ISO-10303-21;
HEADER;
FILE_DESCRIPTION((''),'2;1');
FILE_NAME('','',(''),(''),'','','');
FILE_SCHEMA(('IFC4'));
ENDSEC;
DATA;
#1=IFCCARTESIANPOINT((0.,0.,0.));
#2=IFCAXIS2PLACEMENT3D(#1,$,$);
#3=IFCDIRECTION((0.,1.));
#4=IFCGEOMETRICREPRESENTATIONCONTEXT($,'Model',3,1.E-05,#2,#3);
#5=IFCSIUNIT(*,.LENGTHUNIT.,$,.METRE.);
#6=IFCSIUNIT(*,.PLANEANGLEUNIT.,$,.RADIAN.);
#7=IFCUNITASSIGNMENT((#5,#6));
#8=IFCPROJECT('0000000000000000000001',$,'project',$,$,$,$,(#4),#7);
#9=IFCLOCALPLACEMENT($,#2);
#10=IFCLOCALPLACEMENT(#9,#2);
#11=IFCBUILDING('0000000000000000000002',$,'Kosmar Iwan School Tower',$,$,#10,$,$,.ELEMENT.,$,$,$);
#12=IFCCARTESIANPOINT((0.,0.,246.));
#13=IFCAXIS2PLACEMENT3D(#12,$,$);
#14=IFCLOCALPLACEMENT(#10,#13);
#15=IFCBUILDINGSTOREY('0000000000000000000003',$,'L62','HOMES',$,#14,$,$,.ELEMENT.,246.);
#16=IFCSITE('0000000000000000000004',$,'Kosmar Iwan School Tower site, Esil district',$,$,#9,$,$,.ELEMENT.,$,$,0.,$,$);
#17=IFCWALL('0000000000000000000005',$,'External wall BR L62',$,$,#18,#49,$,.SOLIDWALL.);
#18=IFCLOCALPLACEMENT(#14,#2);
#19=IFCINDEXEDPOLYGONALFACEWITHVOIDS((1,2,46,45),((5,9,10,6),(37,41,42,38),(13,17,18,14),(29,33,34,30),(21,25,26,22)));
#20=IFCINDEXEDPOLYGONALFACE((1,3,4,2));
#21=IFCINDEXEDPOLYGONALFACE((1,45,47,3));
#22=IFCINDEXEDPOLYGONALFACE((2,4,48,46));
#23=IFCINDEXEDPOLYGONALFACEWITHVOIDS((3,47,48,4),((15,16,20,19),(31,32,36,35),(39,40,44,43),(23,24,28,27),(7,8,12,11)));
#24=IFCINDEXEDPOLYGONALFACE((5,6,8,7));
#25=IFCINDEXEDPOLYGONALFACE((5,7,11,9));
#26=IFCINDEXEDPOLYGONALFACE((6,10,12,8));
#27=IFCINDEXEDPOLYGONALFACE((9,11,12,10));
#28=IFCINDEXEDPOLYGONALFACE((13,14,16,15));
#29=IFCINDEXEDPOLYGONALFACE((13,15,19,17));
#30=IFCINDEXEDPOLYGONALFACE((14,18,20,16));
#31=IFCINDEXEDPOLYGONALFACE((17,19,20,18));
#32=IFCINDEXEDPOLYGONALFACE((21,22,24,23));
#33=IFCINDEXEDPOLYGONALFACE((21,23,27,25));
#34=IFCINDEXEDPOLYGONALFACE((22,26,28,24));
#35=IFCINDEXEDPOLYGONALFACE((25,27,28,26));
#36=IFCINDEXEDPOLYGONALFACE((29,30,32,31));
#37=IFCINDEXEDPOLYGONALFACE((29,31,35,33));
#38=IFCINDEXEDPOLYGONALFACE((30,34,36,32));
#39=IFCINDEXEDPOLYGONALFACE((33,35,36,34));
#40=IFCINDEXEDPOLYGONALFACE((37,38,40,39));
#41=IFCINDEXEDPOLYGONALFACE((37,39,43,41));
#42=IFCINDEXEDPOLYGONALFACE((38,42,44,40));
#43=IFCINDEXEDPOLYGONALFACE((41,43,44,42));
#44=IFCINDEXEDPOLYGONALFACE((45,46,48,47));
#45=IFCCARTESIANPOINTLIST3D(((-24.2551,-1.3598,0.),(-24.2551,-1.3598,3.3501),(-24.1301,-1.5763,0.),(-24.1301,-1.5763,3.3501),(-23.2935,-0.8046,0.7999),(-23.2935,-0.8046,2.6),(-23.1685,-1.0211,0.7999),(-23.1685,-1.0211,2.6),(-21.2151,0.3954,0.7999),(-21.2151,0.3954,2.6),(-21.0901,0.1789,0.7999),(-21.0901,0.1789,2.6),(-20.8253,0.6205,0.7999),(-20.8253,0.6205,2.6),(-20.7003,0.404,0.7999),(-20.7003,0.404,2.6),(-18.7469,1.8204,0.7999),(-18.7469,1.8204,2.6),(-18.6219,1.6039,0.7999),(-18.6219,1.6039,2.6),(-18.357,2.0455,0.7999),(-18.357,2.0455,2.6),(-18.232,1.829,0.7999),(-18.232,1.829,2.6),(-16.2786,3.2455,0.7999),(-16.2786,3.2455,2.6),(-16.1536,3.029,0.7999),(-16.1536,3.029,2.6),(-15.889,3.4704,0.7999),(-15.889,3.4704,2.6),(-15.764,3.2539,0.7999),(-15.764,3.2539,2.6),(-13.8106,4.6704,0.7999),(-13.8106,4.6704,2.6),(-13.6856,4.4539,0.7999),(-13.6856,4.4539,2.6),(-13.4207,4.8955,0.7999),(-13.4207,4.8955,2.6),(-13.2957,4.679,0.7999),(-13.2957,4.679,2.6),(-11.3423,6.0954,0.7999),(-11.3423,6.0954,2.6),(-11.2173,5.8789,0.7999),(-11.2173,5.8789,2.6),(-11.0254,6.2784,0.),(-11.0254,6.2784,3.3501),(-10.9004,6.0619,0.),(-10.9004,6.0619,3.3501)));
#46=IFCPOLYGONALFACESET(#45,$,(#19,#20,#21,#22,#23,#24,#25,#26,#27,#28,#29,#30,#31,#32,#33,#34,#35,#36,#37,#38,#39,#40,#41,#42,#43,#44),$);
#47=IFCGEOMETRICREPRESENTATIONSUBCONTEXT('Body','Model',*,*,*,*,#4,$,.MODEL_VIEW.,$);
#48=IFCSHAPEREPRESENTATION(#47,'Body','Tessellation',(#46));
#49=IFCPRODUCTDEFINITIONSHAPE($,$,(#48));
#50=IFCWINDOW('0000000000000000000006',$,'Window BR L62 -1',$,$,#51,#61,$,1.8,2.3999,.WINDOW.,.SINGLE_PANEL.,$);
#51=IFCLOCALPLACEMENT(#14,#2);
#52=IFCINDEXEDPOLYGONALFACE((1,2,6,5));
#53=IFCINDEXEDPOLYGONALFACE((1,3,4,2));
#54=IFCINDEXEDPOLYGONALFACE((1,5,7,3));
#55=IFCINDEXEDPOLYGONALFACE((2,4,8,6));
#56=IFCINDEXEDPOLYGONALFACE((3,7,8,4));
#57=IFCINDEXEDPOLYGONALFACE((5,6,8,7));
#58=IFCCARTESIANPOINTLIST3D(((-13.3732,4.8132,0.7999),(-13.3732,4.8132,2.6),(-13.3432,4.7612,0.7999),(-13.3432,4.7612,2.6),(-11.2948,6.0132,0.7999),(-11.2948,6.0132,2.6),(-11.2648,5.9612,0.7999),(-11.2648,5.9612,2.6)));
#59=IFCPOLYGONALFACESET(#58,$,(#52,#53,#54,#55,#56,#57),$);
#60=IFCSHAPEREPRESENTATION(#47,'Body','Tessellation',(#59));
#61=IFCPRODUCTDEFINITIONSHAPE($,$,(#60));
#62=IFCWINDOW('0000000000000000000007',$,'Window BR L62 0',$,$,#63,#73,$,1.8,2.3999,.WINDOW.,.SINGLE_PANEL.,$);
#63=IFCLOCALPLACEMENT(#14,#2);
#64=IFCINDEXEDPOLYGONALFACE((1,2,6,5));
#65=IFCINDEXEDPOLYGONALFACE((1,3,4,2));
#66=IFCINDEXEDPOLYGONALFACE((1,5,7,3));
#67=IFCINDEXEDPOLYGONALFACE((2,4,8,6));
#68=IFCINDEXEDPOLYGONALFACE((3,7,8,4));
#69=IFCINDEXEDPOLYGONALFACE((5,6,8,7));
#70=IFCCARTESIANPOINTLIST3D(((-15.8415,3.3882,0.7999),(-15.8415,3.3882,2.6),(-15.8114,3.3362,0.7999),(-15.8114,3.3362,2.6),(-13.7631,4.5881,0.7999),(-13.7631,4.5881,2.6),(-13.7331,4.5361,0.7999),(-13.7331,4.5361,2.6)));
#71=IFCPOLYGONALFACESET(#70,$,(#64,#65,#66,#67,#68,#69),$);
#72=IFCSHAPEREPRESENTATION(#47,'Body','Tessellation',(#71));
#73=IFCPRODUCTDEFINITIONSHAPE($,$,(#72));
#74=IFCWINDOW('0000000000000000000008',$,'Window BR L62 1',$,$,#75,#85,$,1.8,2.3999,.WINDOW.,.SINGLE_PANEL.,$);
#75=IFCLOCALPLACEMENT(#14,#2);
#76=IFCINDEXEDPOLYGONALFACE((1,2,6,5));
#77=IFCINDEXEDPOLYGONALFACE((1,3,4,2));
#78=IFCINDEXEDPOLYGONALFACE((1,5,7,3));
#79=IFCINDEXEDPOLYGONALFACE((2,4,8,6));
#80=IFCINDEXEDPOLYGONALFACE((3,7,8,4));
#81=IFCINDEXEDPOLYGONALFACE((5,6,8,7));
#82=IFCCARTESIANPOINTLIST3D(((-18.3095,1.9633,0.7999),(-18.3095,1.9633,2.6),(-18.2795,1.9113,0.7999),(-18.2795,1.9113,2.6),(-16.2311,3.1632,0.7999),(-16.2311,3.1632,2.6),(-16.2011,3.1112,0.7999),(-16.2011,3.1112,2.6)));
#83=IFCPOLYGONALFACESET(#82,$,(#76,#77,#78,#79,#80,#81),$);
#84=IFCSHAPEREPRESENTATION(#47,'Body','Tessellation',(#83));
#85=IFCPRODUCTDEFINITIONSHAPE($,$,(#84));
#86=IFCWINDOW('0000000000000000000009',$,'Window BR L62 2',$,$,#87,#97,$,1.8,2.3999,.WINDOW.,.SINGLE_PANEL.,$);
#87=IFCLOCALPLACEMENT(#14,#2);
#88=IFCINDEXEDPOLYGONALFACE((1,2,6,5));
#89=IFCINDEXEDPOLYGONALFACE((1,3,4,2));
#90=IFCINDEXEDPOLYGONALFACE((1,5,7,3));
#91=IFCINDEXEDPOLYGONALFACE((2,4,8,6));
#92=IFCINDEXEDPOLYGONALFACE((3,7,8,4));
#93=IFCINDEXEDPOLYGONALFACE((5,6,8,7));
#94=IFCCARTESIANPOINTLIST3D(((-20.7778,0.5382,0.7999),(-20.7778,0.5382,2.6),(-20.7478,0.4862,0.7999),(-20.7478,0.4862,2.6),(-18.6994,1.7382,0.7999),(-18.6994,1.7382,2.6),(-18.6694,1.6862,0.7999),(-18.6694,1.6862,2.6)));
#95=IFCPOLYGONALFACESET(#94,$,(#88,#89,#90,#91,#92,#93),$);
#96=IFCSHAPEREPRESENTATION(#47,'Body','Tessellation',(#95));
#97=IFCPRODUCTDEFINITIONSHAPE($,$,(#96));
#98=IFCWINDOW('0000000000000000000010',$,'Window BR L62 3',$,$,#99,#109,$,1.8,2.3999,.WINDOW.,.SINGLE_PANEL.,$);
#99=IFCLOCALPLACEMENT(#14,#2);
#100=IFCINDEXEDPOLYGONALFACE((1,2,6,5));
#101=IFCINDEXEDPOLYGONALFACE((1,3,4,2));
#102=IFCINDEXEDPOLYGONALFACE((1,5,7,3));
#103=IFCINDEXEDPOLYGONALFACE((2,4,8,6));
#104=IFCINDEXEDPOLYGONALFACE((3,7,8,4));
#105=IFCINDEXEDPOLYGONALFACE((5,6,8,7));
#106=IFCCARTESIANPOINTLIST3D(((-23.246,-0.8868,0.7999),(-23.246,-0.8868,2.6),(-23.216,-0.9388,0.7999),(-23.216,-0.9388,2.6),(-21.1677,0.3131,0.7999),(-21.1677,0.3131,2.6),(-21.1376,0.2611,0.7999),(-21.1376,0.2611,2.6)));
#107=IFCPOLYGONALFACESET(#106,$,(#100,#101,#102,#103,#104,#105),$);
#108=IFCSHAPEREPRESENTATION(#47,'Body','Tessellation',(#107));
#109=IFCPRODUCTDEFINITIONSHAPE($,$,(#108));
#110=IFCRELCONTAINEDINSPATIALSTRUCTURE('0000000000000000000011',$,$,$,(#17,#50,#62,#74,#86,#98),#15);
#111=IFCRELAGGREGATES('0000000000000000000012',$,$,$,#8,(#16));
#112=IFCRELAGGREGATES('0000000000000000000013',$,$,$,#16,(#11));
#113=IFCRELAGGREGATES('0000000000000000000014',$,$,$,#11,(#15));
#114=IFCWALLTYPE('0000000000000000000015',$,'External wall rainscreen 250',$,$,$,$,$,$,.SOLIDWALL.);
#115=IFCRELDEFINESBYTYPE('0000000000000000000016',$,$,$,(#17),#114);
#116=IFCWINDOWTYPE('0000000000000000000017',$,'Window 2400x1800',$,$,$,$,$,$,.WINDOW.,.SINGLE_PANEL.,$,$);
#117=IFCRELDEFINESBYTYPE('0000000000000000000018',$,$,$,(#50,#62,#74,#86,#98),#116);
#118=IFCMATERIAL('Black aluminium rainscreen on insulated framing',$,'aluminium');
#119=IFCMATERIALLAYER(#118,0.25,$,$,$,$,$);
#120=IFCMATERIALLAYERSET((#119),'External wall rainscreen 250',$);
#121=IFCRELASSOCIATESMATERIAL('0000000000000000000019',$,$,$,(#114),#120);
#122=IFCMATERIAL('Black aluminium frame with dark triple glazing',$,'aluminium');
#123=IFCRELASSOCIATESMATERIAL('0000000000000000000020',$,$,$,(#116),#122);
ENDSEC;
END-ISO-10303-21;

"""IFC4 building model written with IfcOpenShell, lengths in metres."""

from ifc_helpers import new_model, si_unit, direction, frame, frame_2d, origin, place, context, subcontext, project, spatial, rectangle, extrude, material, layer, layer_set, type_object, element, fill, save


model = new_model("IFC4")

# Units and contexts
model_context = context("Model", 3, precision=1e-05, world=origin(), true_north=direction((0.0, 1.0)))
body_context = subcontext(model_context, "Body", "Model", "MODEL_VIEW")
ifc_project = project(units=[si_unit("LENGTHUNIT", "METRE"), si_unit("PLANEANGLEUNIT", "RADIAN")], contexts=[model_context])

# Site, building, storey
site_placement = place(None, origin())
site = spatial("IfcSite", under=ifc_project, at=site_placement, Name="Kosmar Iwan School Tower site, Esil district", CompositionType="ELEMENT", RefElevation=0.0)
building_placement = place(site_placement, origin())
building = spatial("IfcBuilding", under=site, at=building_placement, Name="Kosmar Iwan School Tower", CompositionType="ELEMENT")
storey_placement = place(building_placement, frame((0.0, 0.0, 246.0)))
storey = spatial("IfcBuildingStorey", under=building, at=storey_placement, Name="L62", Description="HOMES", CompositionType="ELEMENT", Elevation=246.0)

# Wall, openings, windows
ifc_material_1 = material(Name="Black aluminium rainscreen on insulated framing", Category="aluminium")
ifc_layer_1 = layer(ifc_material_1, 0.25)
ifc_layer_set_1 = layer_set([ifc_layer_1], Name="External wall rainscreen 250")
wall_type_1 = type_object("IfcWallType", Name="External wall rainscreen 250", PredefinedType="SOLIDWALL", material=ifc_layer_set_1)
ifc_material_2 = material(Name="Black aluminium frame with dark triple glazing", Category="aluminium")
window_type = type_object("IfcWindowType", Name="Window 2400x1800", PartitioningType="SINGLE_PANEL", PredefinedType="WINDOW", material=ifc_material_2)
wall_1_placement = place(storey_placement, frame((-10.9629, 6.1702, 0.0), z_axis=(0.0, 0.0, 1.0), x_axis=(-0.866026, -0.5, 0.0)))
wall_1 = element("IfcWall", 1, at=wall_1_placement, inside=storey, type_object=wall_type_1, Name="External wall BR L62", PredefinedType="SOLIDWALL", context=body_context, shape_type="SweptSolid", body=[
    extrude(rectangle(XDim=15.2764, YDim=0.25, at=frame_2d((7.6382, 0.0))), origin(), (0.0, 0.0, 1.0), 3.3501),
])
opening_1_placement = place(wall_1_placement, frame((0.366, 0.0, 0.8)))
opening_1 = element("IfcOpeningElement", 2, at=opening_1_placement, cuts=wall_1, PredefinedType="OPENING", context=body_context, shape_type="SweptSolid", body=[
    extrude(rectangle(XDim=2.3999, YDim=1.8, at=frame_2d((1.2, 0.8999))), frame((0.0, 0.137, 0.0), z_axis=(0.0, -1.0, 0.0), x_axis=(1.0, 0.0, 0.0)), (0.0, 0.0, 1.0), 0.2739),
])
opening_2_placement = place(wall_1_placement, frame((3.2161, 0.0, 0.8)))
opening_2 = element("IfcOpeningElement", 3, at=opening_2_placement, cuts=wall_1, PredefinedType="OPENING", context=body_context, shape_type="SweptSolid", body=[
    extrude(rectangle(XDim=2.3999, YDim=1.8, at=frame_2d((1.2, 0.8999))), frame((0.0, 0.137, 0.0), z_axis=(0.0, -1.0, 0.0), x_axis=(1.0, 0.0, 0.0)), (0.0, 0.0, 1.0), 0.2739),
])
opening_3_placement = place(wall_1_placement, frame((6.0659, 0.0, 0.8)))
opening_3 = element("IfcOpeningElement", 4, at=opening_3_placement, cuts=wall_1, PredefinedType="OPENING", context=body_context, shape_type="SweptSolid", body=[
    extrude(rectangle(XDim=2.3999, YDim=1.8, at=frame_2d((1.2, 0.8999))), frame((0.0, 0.137, 0.0), z_axis=(0.0, -1.0, 0.0), x_axis=(1.0, 0.0, 0.0)), (0.0, 0.0, 1.0), 0.2739),
])
opening_4_placement = place(wall_1_placement, frame((8.916, 0.0, 0.8)))
opening_4 = element("IfcOpeningElement", 5, at=opening_4_placement, cuts=wall_1, PredefinedType="OPENING", context=body_context, shape_type="SweptSolid", body=[
    extrude(rectangle(XDim=2.3999, YDim=1.8, at=frame_2d((1.2, 0.8999))), frame((0.0, 0.137, 0.0), z_axis=(0.0, -1.0, 0.0), x_axis=(1.0, 0.0, 0.0)), (0.0, 0.0, 1.0), 0.2739),
])
opening_5_placement = place(wall_1_placement, frame((11.7661, 0.0, 0.8)))
opening_5 = element("IfcOpeningElement", 6, at=opening_5_placement, cuts=wall_1, PredefinedType="OPENING", context=body_context, shape_type="SweptSolid", body=[
    extrude(rectangle(XDim=2.3999, YDim=1.8, at=frame_2d((1.2, 0.8999))), frame((0.0, 0.137, 0.0), z_axis=(0.0, -1.0, 0.0), x_axis=(1.0, 0.0, 0.0)), (0.0, 0.0, 1.0), 0.2739),
])
window_1_placement = place(opening_1_placement, origin())
window_1 = element("IfcWindow", 7, at=window_1_placement, inside=storey, type_object=window_type, Name="Window BR L62 -1", OverallHeight=1.8, OverallWidth=2.3999, PartitioningType="SINGLE_PANEL", PredefinedType="WINDOW", context=body_context, shape_type="SweptSolid", body=[
    extrude(rectangle(XDim=2.3999, YDim=1.8, at=frame_2d((1.2, 0.8999))), frame((0.0, 0.03, 0.0), z_axis=(0.0, -1.0, 0.0), x_axis=(1.0, 0.0, 0.0)), (0.0, 0.0, 1.0), 0.0601),
])
fill(opening_1, window_1)
window_2_placement = place(opening_2_placement, origin())
window_2 = element("IfcWindow", 8, at=window_2_placement, inside=storey, type_object=window_type, Name="Window BR L62 0", OverallHeight=1.8, OverallWidth=2.3999, PartitioningType="SINGLE_PANEL", PredefinedType="WINDOW", context=body_context, shape_type="SweptSolid", body=[
    extrude(rectangle(XDim=2.3999, YDim=1.8, at=frame_2d((1.2, 0.8999))), frame((0.0, 0.03, 0.0), z_axis=(0.0, -1.0, 0.0), x_axis=(1.0, 0.0, 0.0)), (0.0, 0.0, 1.0), 0.0601),
])
fill(opening_2, window_2)
window_3_placement = place(opening_3_placement, origin())
window_3 = element("IfcWindow", 9, at=window_3_placement, inside=storey, type_object=window_type, Name="Window BR L62 1", OverallHeight=1.8, OverallWidth=2.3999, PartitioningType="SINGLE_PANEL", PredefinedType="WINDOW", context=body_context, shape_type="SweptSolid", body=[
    extrude(rectangle(XDim=2.3999, YDim=1.8, at=frame_2d((1.2, 0.8999))), frame((0.0, 0.03, 0.0), z_axis=(0.0, -1.0, 0.0), x_axis=(1.0, 0.0, 0.0)), (0.0, 0.0, 1.0), 0.0601),
])
fill(opening_3, window_3)
window_4_placement = place(opening_4_placement, origin())
window_4 = element("IfcWindow", 10, at=window_4_placement, inside=storey, type_object=window_type, Name="Window BR L62 2", OverallHeight=1.8, OverallWidth=2.3999, PartitioningType="SINGLE_PANEL", PredefinedType="WINDOW", context=body_context, shape_type="SweptSolid", body=[
    extrude(rectangle(XDim=2.3999, YDim=1.8, at=frame_2d((1.2, 0.8999))), frame((0.0, 0.03, 0.0), z_axis=(0.0, -1.0, 0.0), x_axis=(1.0, 0.0, 0.0)), (0.0, 0.0, 1.0), 0.0601),
])
fill(opening_4, window_4)
window_5_placement = place(opening_5_placement, origin())
window_5 = element("IfcWindow", 11, at=window_5_placement, inside=storey, type_object=window_type, Name="Window BR L62 3", OverallHeight=1.8, OverallWidth=2.3999, PartitioningType="SINGLE_PANEL", PredefinedType="WINDOW", context=body_context, shape_type="SweptSolid", body=[
    extrude(rectangle(XDim=2.3999, YDim=1.8, at=frame_2d((1.2, 0.8999))), frame((0.0, 0.03, 0.0), z_axis=(0.0, -1.0, 0.0), x_axis=(1.0, 0.0, 0.0)), (0.0, 0.0, 1.0), 0.0601),
])
fill(opening_5, window_5)

save(model, "model.ifc")
